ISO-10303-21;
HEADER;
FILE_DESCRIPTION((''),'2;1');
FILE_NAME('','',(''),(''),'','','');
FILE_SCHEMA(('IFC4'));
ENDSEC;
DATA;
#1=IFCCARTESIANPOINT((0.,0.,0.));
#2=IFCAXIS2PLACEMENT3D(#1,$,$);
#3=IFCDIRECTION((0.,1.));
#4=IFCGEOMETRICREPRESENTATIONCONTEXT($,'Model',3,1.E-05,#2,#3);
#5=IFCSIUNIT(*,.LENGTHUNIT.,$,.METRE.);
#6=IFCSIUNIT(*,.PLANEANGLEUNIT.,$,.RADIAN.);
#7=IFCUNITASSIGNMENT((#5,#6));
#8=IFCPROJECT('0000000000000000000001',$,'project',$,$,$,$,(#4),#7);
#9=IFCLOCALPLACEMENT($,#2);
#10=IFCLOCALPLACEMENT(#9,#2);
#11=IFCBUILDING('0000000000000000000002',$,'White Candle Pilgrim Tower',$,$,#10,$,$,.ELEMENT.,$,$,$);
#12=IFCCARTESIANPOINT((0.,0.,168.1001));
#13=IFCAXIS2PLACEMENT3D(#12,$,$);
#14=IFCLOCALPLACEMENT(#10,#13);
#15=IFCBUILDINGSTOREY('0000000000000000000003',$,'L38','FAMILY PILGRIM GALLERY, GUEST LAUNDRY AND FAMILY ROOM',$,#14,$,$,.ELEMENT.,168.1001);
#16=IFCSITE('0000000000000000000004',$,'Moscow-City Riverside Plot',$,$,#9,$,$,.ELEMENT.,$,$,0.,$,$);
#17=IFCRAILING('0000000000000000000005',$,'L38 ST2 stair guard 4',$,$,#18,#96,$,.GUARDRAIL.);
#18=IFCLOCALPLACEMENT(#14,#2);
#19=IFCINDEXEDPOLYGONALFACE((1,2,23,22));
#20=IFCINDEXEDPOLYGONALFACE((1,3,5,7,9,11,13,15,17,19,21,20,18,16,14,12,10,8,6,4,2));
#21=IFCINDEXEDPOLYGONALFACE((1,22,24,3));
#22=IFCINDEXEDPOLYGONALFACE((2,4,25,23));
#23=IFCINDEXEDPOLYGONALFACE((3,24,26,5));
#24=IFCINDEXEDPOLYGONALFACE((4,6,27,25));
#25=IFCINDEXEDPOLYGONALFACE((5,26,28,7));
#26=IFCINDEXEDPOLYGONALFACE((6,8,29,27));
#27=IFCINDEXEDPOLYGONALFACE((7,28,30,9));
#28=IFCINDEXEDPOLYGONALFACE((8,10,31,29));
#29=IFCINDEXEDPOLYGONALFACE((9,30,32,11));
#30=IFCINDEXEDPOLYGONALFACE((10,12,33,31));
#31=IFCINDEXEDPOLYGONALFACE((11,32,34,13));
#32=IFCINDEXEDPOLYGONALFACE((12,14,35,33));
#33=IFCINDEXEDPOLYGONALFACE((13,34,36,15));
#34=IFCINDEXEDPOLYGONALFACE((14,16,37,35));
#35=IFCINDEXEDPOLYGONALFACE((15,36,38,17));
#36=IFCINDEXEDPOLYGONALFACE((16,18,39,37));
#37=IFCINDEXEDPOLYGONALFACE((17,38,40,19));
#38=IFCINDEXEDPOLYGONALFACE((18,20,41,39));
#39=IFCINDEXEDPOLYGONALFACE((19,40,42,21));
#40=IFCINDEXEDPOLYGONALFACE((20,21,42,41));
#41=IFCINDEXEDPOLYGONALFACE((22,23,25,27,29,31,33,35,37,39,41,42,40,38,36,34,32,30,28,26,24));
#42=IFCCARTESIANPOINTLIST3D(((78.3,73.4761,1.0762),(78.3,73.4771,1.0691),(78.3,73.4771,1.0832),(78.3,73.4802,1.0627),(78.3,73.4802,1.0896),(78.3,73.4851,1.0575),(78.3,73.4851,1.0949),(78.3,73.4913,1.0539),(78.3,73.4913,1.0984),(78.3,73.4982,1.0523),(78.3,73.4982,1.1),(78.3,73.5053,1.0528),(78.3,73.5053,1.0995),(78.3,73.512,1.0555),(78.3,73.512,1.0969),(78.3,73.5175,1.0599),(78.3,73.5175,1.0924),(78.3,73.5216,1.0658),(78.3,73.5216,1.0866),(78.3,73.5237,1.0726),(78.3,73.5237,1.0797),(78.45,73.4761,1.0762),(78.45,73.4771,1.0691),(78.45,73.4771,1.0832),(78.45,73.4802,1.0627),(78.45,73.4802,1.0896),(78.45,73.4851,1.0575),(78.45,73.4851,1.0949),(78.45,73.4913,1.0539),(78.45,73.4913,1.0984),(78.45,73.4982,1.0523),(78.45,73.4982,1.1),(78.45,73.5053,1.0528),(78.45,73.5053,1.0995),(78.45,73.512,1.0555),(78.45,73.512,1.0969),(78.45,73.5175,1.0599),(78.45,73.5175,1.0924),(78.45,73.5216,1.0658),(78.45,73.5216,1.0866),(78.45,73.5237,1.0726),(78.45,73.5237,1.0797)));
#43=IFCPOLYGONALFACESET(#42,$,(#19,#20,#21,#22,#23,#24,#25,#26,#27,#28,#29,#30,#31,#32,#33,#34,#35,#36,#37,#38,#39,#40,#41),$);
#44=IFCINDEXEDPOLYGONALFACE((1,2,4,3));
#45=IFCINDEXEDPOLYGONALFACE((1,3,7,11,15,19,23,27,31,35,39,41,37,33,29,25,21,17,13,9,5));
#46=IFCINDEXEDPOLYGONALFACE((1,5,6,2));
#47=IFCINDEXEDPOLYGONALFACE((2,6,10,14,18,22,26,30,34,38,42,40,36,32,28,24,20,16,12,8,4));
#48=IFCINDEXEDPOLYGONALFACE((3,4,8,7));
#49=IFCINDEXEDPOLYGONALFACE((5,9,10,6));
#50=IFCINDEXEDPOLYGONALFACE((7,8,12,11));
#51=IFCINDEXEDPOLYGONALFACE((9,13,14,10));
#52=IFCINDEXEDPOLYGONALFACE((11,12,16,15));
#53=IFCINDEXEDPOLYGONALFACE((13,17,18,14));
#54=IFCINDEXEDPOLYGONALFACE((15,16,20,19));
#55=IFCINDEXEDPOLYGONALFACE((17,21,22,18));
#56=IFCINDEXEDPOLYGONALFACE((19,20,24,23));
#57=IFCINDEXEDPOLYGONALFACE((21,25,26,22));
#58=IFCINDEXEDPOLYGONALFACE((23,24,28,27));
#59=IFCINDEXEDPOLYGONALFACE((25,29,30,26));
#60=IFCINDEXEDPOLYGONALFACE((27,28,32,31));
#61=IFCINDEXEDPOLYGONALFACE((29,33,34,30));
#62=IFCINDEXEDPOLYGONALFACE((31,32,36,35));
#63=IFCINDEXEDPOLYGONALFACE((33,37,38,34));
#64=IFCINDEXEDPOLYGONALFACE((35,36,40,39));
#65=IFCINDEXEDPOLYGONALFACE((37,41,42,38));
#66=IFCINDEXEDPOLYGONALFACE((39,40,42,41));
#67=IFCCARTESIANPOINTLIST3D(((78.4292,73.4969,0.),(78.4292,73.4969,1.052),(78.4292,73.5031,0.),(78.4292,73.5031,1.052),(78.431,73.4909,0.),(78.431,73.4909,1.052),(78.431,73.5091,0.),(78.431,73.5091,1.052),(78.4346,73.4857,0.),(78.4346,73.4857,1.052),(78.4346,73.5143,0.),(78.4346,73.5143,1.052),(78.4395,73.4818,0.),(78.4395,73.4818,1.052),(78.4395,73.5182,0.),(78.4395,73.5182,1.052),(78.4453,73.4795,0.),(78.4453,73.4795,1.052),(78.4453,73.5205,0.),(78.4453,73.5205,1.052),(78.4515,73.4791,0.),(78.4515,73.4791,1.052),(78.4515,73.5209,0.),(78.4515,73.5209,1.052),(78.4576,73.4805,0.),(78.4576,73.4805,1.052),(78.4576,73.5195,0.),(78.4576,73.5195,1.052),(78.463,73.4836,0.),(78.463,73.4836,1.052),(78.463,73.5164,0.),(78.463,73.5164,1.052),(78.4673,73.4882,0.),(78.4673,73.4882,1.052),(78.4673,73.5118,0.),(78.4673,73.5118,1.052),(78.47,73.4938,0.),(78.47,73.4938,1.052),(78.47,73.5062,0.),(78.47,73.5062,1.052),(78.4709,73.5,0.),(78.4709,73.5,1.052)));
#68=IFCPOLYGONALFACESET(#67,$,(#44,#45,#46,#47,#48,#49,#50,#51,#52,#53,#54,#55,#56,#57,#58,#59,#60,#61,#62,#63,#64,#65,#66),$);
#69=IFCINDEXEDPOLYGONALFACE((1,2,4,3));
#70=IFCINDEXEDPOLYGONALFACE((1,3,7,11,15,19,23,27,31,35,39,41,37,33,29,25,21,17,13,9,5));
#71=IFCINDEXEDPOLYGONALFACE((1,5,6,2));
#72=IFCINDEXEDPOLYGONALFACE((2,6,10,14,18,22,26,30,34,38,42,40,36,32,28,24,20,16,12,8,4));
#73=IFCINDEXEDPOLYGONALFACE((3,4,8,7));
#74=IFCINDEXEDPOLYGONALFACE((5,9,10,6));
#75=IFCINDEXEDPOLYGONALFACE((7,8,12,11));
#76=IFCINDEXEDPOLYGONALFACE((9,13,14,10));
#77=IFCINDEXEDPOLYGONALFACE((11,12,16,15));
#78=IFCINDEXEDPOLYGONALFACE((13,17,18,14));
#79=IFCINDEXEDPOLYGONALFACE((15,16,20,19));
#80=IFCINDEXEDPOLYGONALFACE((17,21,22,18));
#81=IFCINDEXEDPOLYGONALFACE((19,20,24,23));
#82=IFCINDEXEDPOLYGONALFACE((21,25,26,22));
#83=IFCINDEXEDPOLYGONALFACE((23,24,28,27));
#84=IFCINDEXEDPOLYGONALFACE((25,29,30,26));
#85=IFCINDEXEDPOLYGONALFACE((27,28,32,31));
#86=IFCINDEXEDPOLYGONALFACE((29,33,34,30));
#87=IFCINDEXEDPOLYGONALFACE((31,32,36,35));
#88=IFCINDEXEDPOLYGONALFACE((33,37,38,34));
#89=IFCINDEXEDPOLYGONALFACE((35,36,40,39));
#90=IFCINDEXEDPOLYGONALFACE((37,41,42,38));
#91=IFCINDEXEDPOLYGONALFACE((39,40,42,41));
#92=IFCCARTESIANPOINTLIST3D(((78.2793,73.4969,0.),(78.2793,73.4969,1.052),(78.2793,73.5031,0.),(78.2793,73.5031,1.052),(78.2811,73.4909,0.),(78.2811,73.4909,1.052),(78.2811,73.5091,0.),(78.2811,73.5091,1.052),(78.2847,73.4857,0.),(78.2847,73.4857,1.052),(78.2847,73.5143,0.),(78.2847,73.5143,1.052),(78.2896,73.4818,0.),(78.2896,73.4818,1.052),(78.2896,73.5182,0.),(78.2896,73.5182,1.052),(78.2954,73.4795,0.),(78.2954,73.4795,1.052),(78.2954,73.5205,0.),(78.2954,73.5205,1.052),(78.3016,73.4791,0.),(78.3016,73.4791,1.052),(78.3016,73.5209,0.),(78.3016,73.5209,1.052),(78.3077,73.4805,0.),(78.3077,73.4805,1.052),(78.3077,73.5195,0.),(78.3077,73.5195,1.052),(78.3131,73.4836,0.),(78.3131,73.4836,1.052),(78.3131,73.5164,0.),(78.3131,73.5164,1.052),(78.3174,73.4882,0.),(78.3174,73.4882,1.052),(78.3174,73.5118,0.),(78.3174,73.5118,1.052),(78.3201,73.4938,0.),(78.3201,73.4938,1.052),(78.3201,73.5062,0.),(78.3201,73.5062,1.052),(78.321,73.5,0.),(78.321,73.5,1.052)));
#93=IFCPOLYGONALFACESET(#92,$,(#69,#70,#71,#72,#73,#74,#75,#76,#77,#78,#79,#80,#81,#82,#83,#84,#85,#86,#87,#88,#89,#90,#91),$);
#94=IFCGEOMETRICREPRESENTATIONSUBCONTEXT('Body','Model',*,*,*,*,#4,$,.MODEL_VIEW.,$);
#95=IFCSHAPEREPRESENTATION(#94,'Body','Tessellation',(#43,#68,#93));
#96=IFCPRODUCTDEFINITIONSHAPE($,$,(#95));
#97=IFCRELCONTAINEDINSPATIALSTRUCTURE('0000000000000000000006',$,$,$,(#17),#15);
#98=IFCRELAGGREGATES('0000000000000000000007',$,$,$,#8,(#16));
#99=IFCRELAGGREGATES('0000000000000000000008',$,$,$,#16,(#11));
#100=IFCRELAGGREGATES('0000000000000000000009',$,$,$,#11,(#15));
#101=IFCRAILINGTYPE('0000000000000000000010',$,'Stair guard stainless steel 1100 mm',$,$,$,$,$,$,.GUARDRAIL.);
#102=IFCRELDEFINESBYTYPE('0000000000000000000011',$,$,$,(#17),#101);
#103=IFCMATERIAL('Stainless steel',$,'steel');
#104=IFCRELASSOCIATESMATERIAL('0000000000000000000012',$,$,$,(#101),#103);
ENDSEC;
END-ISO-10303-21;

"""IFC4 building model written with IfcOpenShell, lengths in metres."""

from ifc_helpers import new_model, si_unit, direction, frame, origin, origin_2d, place, context, subcontext, project, spatial, circle, extrude, material, type_object, element, save


model = new_model("IFC4")

# Units and contexts
model_context = context("Model", 3, precision=1e-05, world=origin(), true_north=direction((0.0, 1.0)))
body_context = subcontext(model_context, "Body", "Model", "MODEL_VIEW")
ifc_project = project(units=[si_unit("LENGTHUNIT", "METRE"), si_unit("PLANEANGLEUNIT", "RADIAN")], contexts=[model_context])

# Site, building, storey
site_placement = place(None, origin())
site = spatial("IfcSite", under=ifc_project, at=site_placement, Name="Moscow-City Riverside Plot", CompositionType="ELEMENT", RefElevation=0.0)
building_placement = place(site_placement, origin())
building = spatial("IfcBuilding", under=site, at=building_placement, Name="White Candle Pilgrim Tower", CompositionType="ELEMENT")
storey_placement = place(building_placement, frame((0.0, 0.0, 168.1001)))
storey = spatial("IfcBuildingStorey", under=building, at=storey_placement, Name="L38", Description="FAMILY PILGRIM GALLERY, GUEST LAUNDRY AND FAMILY ROOM", CompositionType="ELEMENT", Elevation=168.1001)

# Railing
ifc_material_1 = material(Name="Stainless steel", Category="steel")
railing_type_1 = type_object("IfcRailingType", Name="Stair guard stainless steel 1100 mm", PredefinedType="GUARDRAIL", material=ifc_material_1)
railing_1_placement = place(storey_placement, frame((78.45, 73.5, 0.0)))
element("IfcRailing", 1, at=railing_1_placement, inside=storey, type_object=railing_type_1, Name="L38 ST2 stair guard 4", PredefinedType="GUARDRAIL", context=body_context, shape_type="SweptSolid", body=[
    extrude(circle(Radius=0.0239, at=origin_2d()), frame((0.0, 0.0, 1.0762), z_axis=(-1.0, 0.0, 0.0), x_axis=(0.0, -1.0, 0.0)), (0.0, 0.0, 1.0), 0.1499),
    extrude(circle(Radius=0.021, at=origin_2d()), origin(), (0.0, 0.0, 1.0), 1.052),
    extrude(circle(Radius=0.021, at=origin_2d()), frame((-0.1499, 0.0, 0.0)), (0.0, 0.0, 1.0), 1.052),
])

save(model, "model.ifc")
